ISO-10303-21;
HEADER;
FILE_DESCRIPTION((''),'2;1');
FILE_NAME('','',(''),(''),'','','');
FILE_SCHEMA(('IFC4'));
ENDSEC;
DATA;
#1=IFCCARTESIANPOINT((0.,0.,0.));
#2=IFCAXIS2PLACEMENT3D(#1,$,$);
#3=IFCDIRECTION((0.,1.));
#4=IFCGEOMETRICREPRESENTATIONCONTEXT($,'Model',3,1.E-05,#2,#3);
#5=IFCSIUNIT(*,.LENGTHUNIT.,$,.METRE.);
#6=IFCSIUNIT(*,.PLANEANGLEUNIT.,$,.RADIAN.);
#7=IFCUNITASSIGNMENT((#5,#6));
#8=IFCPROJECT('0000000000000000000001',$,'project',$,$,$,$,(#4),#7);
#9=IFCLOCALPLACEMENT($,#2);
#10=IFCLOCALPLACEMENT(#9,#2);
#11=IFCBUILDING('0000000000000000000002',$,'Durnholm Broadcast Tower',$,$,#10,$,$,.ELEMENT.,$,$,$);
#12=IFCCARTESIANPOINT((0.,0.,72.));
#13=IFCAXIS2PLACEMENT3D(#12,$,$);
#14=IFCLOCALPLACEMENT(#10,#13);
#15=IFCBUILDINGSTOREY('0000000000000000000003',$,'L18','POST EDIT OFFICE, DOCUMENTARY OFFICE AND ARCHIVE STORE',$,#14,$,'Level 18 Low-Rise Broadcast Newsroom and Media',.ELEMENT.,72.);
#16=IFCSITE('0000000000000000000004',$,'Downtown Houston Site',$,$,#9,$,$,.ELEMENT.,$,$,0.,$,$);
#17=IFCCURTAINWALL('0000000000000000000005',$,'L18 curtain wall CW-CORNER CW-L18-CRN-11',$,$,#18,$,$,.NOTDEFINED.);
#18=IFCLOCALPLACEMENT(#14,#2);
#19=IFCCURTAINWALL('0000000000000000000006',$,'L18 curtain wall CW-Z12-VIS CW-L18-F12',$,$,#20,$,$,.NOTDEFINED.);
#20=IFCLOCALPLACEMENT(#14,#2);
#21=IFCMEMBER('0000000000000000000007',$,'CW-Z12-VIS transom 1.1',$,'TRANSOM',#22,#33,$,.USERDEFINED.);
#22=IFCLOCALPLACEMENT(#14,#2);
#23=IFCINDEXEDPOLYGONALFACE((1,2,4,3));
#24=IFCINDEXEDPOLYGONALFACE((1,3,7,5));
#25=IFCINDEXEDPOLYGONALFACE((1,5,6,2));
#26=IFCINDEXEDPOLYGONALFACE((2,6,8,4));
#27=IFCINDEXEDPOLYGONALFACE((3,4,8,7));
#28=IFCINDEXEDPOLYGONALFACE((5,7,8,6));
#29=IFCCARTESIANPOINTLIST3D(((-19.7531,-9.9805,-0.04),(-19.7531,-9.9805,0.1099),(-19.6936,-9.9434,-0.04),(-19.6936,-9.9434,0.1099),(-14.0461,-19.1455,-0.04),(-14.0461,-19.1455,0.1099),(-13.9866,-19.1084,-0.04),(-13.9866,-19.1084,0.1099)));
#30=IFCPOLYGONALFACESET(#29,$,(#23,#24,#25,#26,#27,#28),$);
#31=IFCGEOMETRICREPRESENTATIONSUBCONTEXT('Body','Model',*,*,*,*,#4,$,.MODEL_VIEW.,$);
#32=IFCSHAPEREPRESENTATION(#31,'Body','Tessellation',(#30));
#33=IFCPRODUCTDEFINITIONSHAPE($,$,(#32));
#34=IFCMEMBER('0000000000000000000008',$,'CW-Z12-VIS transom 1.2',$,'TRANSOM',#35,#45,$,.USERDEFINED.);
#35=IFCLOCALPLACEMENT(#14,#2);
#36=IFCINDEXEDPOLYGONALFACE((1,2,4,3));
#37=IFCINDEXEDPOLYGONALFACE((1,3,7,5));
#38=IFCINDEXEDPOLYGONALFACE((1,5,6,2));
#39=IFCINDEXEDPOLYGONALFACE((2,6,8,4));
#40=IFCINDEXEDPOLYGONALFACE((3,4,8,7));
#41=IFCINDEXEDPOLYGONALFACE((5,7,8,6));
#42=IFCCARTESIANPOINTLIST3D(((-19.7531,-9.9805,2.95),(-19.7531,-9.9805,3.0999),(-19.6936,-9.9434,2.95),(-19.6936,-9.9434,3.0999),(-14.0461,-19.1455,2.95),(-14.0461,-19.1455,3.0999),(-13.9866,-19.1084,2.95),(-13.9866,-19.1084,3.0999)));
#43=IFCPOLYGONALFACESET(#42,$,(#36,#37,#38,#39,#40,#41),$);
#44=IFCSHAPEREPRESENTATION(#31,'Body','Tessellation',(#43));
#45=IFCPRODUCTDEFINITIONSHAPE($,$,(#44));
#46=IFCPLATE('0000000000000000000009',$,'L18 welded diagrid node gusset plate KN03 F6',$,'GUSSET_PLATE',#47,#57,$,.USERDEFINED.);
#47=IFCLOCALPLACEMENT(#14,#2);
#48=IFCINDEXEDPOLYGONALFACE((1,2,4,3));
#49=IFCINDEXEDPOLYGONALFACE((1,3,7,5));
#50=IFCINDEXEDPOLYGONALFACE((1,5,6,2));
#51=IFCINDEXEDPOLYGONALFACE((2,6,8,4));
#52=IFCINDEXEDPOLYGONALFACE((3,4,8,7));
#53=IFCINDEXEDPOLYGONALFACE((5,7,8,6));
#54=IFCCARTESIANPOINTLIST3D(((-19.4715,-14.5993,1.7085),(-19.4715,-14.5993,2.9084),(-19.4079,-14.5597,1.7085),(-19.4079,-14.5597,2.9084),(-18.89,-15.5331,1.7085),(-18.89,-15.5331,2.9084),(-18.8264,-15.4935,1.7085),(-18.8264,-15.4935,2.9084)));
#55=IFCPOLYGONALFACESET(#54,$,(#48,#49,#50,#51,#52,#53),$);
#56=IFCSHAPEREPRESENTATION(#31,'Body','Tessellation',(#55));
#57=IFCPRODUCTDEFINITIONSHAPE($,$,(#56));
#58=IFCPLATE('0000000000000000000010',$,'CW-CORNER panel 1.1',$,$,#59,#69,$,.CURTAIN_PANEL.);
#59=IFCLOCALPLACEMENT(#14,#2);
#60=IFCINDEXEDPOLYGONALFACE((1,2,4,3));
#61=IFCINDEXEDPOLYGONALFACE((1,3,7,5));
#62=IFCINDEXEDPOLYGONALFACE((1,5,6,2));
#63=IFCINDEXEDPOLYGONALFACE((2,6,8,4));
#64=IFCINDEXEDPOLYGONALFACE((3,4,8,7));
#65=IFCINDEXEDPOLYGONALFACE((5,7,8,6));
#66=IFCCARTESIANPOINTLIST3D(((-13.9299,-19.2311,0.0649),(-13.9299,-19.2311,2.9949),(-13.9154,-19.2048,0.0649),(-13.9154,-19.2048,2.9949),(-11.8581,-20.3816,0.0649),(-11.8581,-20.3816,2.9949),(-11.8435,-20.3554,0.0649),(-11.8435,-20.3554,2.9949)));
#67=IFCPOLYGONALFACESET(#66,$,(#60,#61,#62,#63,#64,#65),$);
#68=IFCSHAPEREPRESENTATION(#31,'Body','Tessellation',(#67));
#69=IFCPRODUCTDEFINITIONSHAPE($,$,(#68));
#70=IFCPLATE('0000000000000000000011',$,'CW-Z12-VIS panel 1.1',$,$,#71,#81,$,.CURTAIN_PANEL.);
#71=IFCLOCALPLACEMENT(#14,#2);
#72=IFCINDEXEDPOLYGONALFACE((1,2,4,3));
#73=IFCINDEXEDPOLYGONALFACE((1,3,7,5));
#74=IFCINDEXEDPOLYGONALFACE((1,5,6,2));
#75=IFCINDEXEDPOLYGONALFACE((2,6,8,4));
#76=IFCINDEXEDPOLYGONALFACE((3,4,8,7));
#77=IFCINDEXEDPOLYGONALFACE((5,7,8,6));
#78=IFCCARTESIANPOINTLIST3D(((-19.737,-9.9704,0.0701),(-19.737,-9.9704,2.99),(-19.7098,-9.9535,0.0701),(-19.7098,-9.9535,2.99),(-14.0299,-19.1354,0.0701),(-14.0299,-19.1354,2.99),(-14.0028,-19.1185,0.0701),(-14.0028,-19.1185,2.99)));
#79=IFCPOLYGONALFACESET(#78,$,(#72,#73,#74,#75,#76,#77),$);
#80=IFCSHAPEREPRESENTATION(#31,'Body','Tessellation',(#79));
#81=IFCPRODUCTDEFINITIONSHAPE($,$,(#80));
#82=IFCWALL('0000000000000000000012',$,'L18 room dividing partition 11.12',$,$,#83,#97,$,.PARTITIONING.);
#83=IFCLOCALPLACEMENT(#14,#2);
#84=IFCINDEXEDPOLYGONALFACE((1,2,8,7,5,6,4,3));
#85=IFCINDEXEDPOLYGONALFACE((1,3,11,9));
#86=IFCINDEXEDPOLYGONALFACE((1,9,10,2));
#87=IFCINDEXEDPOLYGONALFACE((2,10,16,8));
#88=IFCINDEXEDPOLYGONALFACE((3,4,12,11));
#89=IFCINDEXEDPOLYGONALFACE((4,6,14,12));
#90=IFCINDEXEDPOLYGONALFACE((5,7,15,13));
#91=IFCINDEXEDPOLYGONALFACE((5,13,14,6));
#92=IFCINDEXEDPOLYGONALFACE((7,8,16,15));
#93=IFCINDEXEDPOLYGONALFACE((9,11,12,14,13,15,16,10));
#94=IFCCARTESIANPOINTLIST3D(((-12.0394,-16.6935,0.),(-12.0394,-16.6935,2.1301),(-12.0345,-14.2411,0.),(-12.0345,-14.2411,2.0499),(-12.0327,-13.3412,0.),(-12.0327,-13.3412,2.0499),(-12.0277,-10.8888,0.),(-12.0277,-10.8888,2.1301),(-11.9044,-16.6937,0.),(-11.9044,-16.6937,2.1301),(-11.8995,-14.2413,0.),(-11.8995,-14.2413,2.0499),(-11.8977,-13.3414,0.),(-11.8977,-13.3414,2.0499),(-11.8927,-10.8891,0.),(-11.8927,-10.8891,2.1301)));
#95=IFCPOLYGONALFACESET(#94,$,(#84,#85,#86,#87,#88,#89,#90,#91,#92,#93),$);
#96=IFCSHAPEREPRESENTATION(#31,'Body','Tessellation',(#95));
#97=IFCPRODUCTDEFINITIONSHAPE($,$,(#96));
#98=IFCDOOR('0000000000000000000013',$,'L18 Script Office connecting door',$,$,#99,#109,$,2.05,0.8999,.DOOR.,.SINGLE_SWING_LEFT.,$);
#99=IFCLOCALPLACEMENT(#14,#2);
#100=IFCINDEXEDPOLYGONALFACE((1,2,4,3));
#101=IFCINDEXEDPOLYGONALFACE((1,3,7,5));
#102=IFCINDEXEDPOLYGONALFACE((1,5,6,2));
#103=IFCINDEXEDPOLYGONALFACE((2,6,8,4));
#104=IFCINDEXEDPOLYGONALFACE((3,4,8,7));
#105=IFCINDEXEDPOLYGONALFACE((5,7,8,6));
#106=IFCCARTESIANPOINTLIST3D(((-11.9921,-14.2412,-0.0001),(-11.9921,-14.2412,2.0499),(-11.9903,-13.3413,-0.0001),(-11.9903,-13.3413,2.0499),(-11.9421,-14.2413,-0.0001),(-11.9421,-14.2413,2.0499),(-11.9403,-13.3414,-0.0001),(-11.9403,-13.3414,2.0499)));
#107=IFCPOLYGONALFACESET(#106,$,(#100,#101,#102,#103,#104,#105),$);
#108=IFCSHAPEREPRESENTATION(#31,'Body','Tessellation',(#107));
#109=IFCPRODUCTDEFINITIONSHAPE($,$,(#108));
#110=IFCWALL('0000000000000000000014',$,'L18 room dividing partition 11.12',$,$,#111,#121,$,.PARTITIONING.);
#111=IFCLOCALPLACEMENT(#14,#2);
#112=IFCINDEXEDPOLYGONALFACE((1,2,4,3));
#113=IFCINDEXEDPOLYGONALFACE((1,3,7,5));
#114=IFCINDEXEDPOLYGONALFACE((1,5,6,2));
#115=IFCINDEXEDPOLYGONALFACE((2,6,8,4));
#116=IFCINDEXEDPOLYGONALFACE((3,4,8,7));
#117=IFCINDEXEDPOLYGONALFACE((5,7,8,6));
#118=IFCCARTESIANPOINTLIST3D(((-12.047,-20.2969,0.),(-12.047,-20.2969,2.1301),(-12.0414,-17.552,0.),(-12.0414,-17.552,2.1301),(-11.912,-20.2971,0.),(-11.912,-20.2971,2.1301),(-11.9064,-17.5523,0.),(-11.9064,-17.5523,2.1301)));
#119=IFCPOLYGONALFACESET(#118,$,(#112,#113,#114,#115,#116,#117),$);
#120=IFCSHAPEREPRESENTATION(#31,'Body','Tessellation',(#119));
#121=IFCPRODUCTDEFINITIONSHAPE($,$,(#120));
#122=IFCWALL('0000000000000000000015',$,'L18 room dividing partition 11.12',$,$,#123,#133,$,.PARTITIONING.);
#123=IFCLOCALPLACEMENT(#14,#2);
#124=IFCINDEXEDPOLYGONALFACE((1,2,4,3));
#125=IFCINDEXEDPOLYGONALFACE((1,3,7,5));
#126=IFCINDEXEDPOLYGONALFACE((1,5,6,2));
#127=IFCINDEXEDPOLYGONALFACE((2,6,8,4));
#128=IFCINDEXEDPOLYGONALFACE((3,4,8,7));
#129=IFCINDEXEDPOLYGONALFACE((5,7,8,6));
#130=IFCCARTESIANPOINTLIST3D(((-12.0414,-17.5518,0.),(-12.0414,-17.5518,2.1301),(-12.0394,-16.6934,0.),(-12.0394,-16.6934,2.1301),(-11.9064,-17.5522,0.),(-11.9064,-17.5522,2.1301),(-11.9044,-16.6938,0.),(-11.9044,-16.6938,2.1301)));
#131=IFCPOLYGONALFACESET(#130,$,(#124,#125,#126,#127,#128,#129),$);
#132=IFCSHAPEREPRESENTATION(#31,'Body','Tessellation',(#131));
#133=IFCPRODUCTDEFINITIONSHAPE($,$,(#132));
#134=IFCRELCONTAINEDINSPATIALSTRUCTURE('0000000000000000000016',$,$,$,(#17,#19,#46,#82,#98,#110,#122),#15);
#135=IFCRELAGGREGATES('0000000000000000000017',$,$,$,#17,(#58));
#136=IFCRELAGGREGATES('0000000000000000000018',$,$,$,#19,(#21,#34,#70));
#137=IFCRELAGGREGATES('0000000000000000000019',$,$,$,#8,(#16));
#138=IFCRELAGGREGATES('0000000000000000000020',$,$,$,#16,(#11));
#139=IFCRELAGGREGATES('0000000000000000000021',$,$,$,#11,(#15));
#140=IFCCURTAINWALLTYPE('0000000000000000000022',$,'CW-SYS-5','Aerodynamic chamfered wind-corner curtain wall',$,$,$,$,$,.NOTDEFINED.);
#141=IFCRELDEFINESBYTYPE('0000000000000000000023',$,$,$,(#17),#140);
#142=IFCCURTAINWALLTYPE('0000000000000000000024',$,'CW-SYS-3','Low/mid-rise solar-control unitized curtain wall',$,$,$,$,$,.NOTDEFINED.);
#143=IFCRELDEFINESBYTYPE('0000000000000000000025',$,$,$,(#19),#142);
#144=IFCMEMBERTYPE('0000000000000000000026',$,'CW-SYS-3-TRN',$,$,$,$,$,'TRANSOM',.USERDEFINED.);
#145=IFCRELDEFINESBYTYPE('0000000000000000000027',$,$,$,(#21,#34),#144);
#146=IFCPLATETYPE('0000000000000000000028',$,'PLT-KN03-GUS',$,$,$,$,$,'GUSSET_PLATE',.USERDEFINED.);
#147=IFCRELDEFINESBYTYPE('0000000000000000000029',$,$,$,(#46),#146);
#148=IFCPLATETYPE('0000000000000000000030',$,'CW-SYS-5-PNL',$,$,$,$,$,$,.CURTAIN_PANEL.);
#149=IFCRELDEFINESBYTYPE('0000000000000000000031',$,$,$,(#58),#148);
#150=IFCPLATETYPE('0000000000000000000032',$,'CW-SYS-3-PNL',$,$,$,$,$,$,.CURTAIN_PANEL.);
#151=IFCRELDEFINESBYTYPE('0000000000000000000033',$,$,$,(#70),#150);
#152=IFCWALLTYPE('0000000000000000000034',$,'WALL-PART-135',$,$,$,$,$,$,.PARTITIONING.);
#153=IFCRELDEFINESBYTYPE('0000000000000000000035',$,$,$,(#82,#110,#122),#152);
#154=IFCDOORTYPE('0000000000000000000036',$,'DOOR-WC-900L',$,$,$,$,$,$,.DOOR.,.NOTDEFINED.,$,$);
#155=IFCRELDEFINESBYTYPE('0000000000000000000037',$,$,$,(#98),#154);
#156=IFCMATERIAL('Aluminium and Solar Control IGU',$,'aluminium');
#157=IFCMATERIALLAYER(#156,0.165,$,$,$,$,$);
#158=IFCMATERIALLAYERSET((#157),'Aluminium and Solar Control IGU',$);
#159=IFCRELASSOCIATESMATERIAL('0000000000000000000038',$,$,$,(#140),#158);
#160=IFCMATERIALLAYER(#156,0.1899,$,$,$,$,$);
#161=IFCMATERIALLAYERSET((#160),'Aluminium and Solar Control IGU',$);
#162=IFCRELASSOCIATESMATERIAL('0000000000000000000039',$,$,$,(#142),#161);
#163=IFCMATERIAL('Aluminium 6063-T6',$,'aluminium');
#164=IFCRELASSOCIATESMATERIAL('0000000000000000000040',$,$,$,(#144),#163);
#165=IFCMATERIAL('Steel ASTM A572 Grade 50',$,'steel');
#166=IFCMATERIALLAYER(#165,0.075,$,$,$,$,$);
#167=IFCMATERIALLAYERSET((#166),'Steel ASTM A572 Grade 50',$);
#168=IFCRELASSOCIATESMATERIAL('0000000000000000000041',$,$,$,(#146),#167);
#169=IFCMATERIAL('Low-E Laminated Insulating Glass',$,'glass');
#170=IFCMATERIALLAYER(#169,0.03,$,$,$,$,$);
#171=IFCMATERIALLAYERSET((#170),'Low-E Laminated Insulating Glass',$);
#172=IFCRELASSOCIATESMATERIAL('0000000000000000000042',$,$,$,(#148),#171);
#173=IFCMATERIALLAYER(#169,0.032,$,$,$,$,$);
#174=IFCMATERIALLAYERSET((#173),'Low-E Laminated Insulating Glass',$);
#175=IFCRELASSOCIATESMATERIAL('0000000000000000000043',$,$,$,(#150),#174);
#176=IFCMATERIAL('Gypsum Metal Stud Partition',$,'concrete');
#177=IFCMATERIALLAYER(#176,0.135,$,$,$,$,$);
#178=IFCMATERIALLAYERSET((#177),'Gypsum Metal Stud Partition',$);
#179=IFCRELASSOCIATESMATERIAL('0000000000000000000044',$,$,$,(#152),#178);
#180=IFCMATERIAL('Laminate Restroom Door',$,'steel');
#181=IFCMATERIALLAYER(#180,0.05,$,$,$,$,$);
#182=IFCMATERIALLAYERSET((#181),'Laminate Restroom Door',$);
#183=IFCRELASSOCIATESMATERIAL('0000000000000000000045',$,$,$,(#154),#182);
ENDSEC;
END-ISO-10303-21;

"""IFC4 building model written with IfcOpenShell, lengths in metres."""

from ifc_helpers import new_model, si_unit, direction, frame, frame_2d, origin, origin_2d, place, context, subcontext, project, spatial, rectangle, extrude, source, transform, mapped, material, layer, layer_set, material_profile, profile_set, type_object, type_shapes, element, fill, aggregate, save


model = new_model("IFC4")

# Units and contexts
model_context = context("Model", 3, precision=1e-05, world=origin(), true_north=direction((0.0, 1.0)))
body_context = subcontext(model_context, "Body", "Model", "MODEL_VIEW")
ifc_project = project(units=[si_unit("LENGTHUNIT", "METRE"), si_unit("PLANEANGLEUNIT", "RADIAN")], contexts=[model_context])

# Site, building, storey
site_placement = place(None, origin())
site = spatial("IfcSite", under=ifc_project, at=site_placement, Name="Downtown Houston Site", CompositionType="ELEMENT", RefElevation=0.0)
building_placement = place(site_placement, origin())
building = spatial("IfcBuilding", under=site, at=building_placement, Name="Durnholm Broadcast Tower", CompositionType="ELEMENT")
storey_placement = place(building_placement, frame((0.0, 0.0, 72.0)))
storey = spatial("IfcBuildingStorey", under=building, at=storey_placement, Name="L18", Description="POST EDIT OFFICE, DOCUMENTARY OFFICE AND ARCHIVE STORE", LongName="Level 18 Low-Rise Broadcast Newsroom and Media", CompositionType="ELEMENT", Elevation=72.0)

# Curtain wall
ifc_material_1 = material(Name="Aluminium and Solar Control IGU", Category="aluminium")
ifc_layer_1 = layer(ifc_material_1, 0.165)
ifc_layer_set_1 = layer_set([ifc_layer_1], Name="Aluminium and Solar Control IGU")
curtain_wall_type_1 = type_object("IfcCurtainWallType", Name="CW-SYS-5", Description="Aerodynamic chamfered wind-corner curtain wall", PredefinedType="NOTDEFINED", material=ifc_layer_set_1)
curtain_wall_1_placement = place(storey_placement, origin())
curtain_wall_1 = element("IfcCurtainWall", 1, at=curtain_wall_1_placement, inside=storey, type_object=curtain_wall_type_1, Name="L18 curtain wall CW-CORNER CW-L18-CRN-11", PredefinedType="NOTDEFINED")
ifc_material_2 = material(Name="Aluminium 6063-T6", Category="aluminium")

# Shared definitions
ifc_layer_2 = layer(ifc_material_1, 0.1899)
ifc_layer_set_2 = layer_set([ifc_layer_2], Name="Aluminium and Solar Control IGU")
curtain_wall_type_2 = type_object("IfcCurtainWallType", Name="CW-SYS-3", Description="Low/mid-rise solar-control unitized curtain wall", PredefinedType="NOTDEFINED", material=ifc_layer_set_2)

# Curtain wall, members
curtain_wall_2_placement = place(storey_placement, origin())
curtain_wall_2 = element("IfcCurtainWall", 2, at=curtain_wall_2_placement, inside=storey, type_object=curtain_wall_type_2, Name="L18 curtain wall CW-Z12-VIS CW-L18-F12", PredefinedType="NOTDEFINED")
ifc_material_profile_1 = material_profile(ifc_material_2, rectangle(XDim=0.0701, YDim=0.1499, at=origin_2d()), Name="CWT70X150")
ifc_profile_set_1 = profile_set([ifc_material_profile_1], Name="Aluminium 6063-T6")
member_type_1 = type_object("IfcMemberType", Name="CW-SYS-3-TRN", ElementType="TRANSOM", PredefinedType="USERDEFINED", material=ifc_profile_set_1)
shared_shape_1 = source(origin(), body_context, "Body", "SweptSolid", [
    extrude(rectangle(XDim=0.0701, YDim=0.1499, at=origin_2d()), origin(), (0.0, 0.0, 1.0), 10.7966),
])
type_shapes(member_type_1, [shared_shape_1])
member_1_placement = place(storey_placement, frame((-14.0164, -19.127, 0.0349), z_axis=(-0.528592, 0.848876, 0.0), x_axis=(-0.848876, -0.528592, 0.0)))
member_1 = element("IfcMember", 3, at=member_1_placement, type_object=member_type_1, Name="CW-Z12-VIS transom 1.1", ObjectType="TRANSOM", PredefinedType="USERDEFINED", context=body_context, shape_type="MappedRepresentation", body=[
    mapped(shared_shape_1, transform((0.0, 0.0, 0.0), x_axis=(1.0, 0.0, 0.0), y_axis=(0.0, 1.0, 0.0), z_axis=(0.0, 0.0, 1.0), scale=1.0)),
])
member_2_placement = place(storey_placement, frame((-14.0164, -19.127, 3.0249), z_axis=(-0.528592, 0.848876, 0.0), x_axis=(-0.848876, -0.528592, 0.0)))
member_2 = element("IfcMember", 4, at=member_2_placement, type_object=member_type_1, Name="CW-Z12-VIS transom 1.2", ObjectType="TRANSOM", PredefinedType="USERDEFINED", context=body_context, shape_type="MappedRepresentation", body=[
    mapped(shared_shape_1, transform((0.0, 0.0, 0.0), x_axis=(1.0, 0.0, 0.0), y_axis=(0.0, 1.0, 0.0), z_axis=(0.0, 0.0, 1.0), scale=1.0)),
])

# Plates
ifc_material_3 = material(Name="Steel ASTM A572 Grade 50", Category="steel")
ifc_layer_3 = layer(ifc_material_3, 0.075)
ifc_layer_set_3 = layer_set([ifc_layer_3], Name="Steel ASTM A572 Grade 50")
plate_type_1 = type_object("IfcPlateType", Name="PLT-KN03-GUS", ElementType="GUSSET_PLATE", PredefinedType="USERDEFINED", material=ifc_layer_set_3)
shared_shape_2 = source(origin(), body_context, "Body", "SweptSolid", [
    extrude(rectangle(XDim=1.1001, YDim=0.075, at=origin_2d()), origin(), (0.0, 0.0, 1.0), 1.2),
])
type_shapes(plate_type_1, [shared_shape_2])
plate_1_placement = place(storey_placement, frame((-19.1489, -15.0464, 1.7085), z_axis=(0.0, 0.0, 1.0), x_axis=(0.528587, -0.848879, 0.0)))
element("IfcPlate", 5, at=plate_1_placement, inside=storey, type_object=plate_type_1, Name="L18 welded diagrid node gusset plate KN03 F6", ObjectType="GUSSET_PLATE", PredefinedType="USERDEFINED", context=body_context, shape_type="MappedRepresentation", body=[
    mapped(shared_shape_2, transform((0.0, 0.0, 0.0), x_axis=(1.0, 0.0, 0.0), y_axis=(0.0, 1.0, 0.0), z_axis=(0.0, 0.0, 1.0), scale=1.0)),
])
ifc_material_4 = material(Name="Low-E Laminated Insulating Glass", Category="glass")
ifc_layer_4 = layer(ifc_material_4, 0.03)
ifc_layer_set_4 = layer_set([ifc_layer_4], Name="Low-E Laminated Insulating Glass")
plate_type_2 = type_object("IfcPlateType", Name="CW-SYS-5-PNL", PredefinedType="CURTAIN_PANEL", material=ifc_layer_set_4)
shared_shape_3 = source(origin(), body_context, "Body", "SweptSolid", [
    extrude(rectangle(XDim=2.3699, YDim=0.03, at=origin_2d()), origin(), (0.0, 0.0, 1.0), 2.9299),
])
type_shapes(plate_type_2, [shared_shape_3])
plate_2_placement = place(storey_placement, frame((-12.8867, -19.7932, 0.0649), z_axis=(0.0, 0.0, 1.0), x_axis=(-0.874246, 0.485483, 0.0)))
plate_2 = element("IfcPlate", 6, at=plate_2_placement, type_object=plate_type_2, Name="CW-CORNER panel 1.1", PredefinedType="CURTAIN_PANEL", context=body_context, shape_type="MappedRepresentation", body=[
    mapped(shared_shape_3, transform((0.0, 0.0, 0.0), x_axis=(1.0, 0.0, 0.0), y_axis=(0.0, 1.0, 0.0), z_axis=(0.0, 0.0, 1.0), scale=1.0)),
])
aggregate(curtain_wall_1, [plate_2])
ifc_layer_5 = layer(ifc_material_4, 0.032)
ifc_layer_set_5 = layer_set([ifc_layer_5], Name="Low-E Laminated Insulating Glass")
plate_type_3 = type_object("IfcPlateType", Name="CW-SYS-3-PNL", PredefinedType="CURTAIN_PANEL", material=ifc_layer_set_5)
shared_shape_4 = source(origin(), body_context, "Body", "SweptSolid", [
    extrude(rectangle(XDim=10.7966, YDim=0.032, at=origin_2d()), origin(), (0.0, 0.0, 1.0), 2.9199),
])
type_shapes(plate_type_3, [shared_shape_4])
plate_3_placement = place(storey_placement, frame((-16.8699, -14.5444, 0.0701), z_axis=(0.0, 0.0, 1.0), x_axis=(-0.528592, 0.848876, 0.0)))
plate_3 = element("IfcPlate", 7, at=plate_3_placement, type_object=plate_type_3, Name="CW-Z12-VIS panel 1.1", PredefinedType="CURTAIN_PANEL", context=body_context, shape_type="MappedRepresentation", body=[
    mapped(shared_shape_4, transform((0.0, 0.0, 0.0), x_axis=(1.0, 0.0, 0.0), y_axis=(0.0, 1.0, 0.0), z_axis=(0.0, 0.0, 1.0), scale=1.0)),
])
aggregate(curtain_wall_2, [member_1, member_2, plate_3])

# Wall, opening, door
ifc_material_5 = material(Name="Gypsum Metal Stud Partition", Category="concrete")
ifc_layer_6 = layer(ifc_material_5, 0.135)
ifc_layer_set_6 = layer_set([ifc_layer_6], Name="Gypsum Metal Stud Partition")
wall_type = type_object("IfcWallType", Name="WALL-PART-135", PredefinedType="PARTITIONING", material=ifc_layer_set_6)
wall_1_placement = place(storey_placement, frame((-11.9602, -10.8889, 0.0), z_axis=(0.0, 0.0, 1.0), x_axis=(-0.002019, -0.999998, 0.0)))
wall_1 = element("IfcWall", 8, at=wall_1_placement, inside=storey, type_object=wall_type, Name="L18 room dividing partition 11.12", PredefinedType="PARTITIONING", context=body_context, shape_type="SweptSolid", body=[
    extrude(rectangle(XDim=5.8047, YDim=0.135, at=frame_2d((2.9023, 0.0))), origin(), (0.0, 0.0, 1.0), 2.1301),
])
opening_placement = place(wall_1_placement, frame((2.4524, 0.0, 0.0)))
opening = element("IfcOpeningElement", 9, at=opening_placement, cuts=wall_1, PredefinedType="OPENING", context=body_context, shape_type="SweptSolid", body=[
    extrude(rectangle(XDim=0.8999, YDim=2.05, at=frame_2d((0.45, 1.0249))), frame((0.0, 0.0776, 0.0), z_axis=(0.0, -1.0, 0.0), x_axis=(1.0, 0.0, 0.0)), (0.0, 0.0, 1.0), 0.155),
])
ifc_material_6 = material(Name="Laminate Restroom Door", Category="steel")
ifc_layer_7 = layer(ifc_material_6, 0.05)
ifc_layer_set_7 = layer_set([ifc_layer_7], Name="Laminate Restroom Door")
door_type = type_object("IfcDoorType", Name="DOOR-WC-900L", OperationType="NOTDEFINED", PredefinedType="DOOR", material=ifc_layer_set_7)
shared_shape_5 = source(origin(), body_context, "Body", "SweptSolid", [
    extrude(rectangle(XDim=0.8999, YDim=2.05, at=frame_2d((0.45, 1.0249))), frame((0.0, 0.0249, 0.0), z_axis=(0.0, -1.0, 0.0), x_axis=(1.0, 0.0, 0.0)), (0.0, 0.0, 1.0), 0.05),
])
type_shapes(door_type, [shared_shape_5])
door_placement = place(opening_placement, origin())
door = element("IfcDoor", 10, at=door_placement, inside=storey, type_object=door_type, Name="L18 Script Office connecting door", OperationType="SINGLE_SWING_LEFT", OverallHeight=2.05, OverallWidth=0.8999, PredefinedType="DOOR", context=body_context, shape_type="MappedRepresentation", body=[
    mapped(shared_shape_5, transform((0.0, 0.0, 0.0), x_axis=(1.0, 0.0, 0.0), y_axis=(0.0, 1.0, 0.0), z_axis=(0.0, 0.0, 1.0), scale=1.0)),
])
fill(opening, door)

# Walls
wall_2_placement = place(storey_placement, frame((-11.9739, -17.552, 0.0), z_axis=(0.0, 0.0, 1.0), x_axis=(-0.002046, -0.999998, 0.0)))
element("IfcWall", 11, at=wall_2_placement, inside=storey, type_object=wall_type, Name="L18 room dividing partition 11.12", PredefinedType="PARTITIONING", context=body_context, shape_type="SweptSolid", body=[
    extrude(rectangle(XDim=2.7449, YDim=0.135, at=frame_2d((1.3726, 0.0))), origin(), (0.0, 0.0, 1.0), 2.1301),
])
wall_3_placement = place(storey_placement, frame((-11.9719, -16.6936, 0.0), z_axis=(0.0, 0.0, 1.0), x_axis=(-0.002275, -0.999997, 0.0)))
element("IfcWall", 12, at=wall_3_placement, inside=storey, type_object=wall_type, Name="L18 room dividing partition 11.12", PredefinedType="PARTITIONING", context=body_context, shape_type="SweptSolid", body=[
    extrude(rectangle(XDim=0.8584, YDim=0.135, at=frame_2d((0.4292, 0.0))), origin(), (0.0, 0.0, 1.0), 2.1301),
])

save(model, "model.ifc")
